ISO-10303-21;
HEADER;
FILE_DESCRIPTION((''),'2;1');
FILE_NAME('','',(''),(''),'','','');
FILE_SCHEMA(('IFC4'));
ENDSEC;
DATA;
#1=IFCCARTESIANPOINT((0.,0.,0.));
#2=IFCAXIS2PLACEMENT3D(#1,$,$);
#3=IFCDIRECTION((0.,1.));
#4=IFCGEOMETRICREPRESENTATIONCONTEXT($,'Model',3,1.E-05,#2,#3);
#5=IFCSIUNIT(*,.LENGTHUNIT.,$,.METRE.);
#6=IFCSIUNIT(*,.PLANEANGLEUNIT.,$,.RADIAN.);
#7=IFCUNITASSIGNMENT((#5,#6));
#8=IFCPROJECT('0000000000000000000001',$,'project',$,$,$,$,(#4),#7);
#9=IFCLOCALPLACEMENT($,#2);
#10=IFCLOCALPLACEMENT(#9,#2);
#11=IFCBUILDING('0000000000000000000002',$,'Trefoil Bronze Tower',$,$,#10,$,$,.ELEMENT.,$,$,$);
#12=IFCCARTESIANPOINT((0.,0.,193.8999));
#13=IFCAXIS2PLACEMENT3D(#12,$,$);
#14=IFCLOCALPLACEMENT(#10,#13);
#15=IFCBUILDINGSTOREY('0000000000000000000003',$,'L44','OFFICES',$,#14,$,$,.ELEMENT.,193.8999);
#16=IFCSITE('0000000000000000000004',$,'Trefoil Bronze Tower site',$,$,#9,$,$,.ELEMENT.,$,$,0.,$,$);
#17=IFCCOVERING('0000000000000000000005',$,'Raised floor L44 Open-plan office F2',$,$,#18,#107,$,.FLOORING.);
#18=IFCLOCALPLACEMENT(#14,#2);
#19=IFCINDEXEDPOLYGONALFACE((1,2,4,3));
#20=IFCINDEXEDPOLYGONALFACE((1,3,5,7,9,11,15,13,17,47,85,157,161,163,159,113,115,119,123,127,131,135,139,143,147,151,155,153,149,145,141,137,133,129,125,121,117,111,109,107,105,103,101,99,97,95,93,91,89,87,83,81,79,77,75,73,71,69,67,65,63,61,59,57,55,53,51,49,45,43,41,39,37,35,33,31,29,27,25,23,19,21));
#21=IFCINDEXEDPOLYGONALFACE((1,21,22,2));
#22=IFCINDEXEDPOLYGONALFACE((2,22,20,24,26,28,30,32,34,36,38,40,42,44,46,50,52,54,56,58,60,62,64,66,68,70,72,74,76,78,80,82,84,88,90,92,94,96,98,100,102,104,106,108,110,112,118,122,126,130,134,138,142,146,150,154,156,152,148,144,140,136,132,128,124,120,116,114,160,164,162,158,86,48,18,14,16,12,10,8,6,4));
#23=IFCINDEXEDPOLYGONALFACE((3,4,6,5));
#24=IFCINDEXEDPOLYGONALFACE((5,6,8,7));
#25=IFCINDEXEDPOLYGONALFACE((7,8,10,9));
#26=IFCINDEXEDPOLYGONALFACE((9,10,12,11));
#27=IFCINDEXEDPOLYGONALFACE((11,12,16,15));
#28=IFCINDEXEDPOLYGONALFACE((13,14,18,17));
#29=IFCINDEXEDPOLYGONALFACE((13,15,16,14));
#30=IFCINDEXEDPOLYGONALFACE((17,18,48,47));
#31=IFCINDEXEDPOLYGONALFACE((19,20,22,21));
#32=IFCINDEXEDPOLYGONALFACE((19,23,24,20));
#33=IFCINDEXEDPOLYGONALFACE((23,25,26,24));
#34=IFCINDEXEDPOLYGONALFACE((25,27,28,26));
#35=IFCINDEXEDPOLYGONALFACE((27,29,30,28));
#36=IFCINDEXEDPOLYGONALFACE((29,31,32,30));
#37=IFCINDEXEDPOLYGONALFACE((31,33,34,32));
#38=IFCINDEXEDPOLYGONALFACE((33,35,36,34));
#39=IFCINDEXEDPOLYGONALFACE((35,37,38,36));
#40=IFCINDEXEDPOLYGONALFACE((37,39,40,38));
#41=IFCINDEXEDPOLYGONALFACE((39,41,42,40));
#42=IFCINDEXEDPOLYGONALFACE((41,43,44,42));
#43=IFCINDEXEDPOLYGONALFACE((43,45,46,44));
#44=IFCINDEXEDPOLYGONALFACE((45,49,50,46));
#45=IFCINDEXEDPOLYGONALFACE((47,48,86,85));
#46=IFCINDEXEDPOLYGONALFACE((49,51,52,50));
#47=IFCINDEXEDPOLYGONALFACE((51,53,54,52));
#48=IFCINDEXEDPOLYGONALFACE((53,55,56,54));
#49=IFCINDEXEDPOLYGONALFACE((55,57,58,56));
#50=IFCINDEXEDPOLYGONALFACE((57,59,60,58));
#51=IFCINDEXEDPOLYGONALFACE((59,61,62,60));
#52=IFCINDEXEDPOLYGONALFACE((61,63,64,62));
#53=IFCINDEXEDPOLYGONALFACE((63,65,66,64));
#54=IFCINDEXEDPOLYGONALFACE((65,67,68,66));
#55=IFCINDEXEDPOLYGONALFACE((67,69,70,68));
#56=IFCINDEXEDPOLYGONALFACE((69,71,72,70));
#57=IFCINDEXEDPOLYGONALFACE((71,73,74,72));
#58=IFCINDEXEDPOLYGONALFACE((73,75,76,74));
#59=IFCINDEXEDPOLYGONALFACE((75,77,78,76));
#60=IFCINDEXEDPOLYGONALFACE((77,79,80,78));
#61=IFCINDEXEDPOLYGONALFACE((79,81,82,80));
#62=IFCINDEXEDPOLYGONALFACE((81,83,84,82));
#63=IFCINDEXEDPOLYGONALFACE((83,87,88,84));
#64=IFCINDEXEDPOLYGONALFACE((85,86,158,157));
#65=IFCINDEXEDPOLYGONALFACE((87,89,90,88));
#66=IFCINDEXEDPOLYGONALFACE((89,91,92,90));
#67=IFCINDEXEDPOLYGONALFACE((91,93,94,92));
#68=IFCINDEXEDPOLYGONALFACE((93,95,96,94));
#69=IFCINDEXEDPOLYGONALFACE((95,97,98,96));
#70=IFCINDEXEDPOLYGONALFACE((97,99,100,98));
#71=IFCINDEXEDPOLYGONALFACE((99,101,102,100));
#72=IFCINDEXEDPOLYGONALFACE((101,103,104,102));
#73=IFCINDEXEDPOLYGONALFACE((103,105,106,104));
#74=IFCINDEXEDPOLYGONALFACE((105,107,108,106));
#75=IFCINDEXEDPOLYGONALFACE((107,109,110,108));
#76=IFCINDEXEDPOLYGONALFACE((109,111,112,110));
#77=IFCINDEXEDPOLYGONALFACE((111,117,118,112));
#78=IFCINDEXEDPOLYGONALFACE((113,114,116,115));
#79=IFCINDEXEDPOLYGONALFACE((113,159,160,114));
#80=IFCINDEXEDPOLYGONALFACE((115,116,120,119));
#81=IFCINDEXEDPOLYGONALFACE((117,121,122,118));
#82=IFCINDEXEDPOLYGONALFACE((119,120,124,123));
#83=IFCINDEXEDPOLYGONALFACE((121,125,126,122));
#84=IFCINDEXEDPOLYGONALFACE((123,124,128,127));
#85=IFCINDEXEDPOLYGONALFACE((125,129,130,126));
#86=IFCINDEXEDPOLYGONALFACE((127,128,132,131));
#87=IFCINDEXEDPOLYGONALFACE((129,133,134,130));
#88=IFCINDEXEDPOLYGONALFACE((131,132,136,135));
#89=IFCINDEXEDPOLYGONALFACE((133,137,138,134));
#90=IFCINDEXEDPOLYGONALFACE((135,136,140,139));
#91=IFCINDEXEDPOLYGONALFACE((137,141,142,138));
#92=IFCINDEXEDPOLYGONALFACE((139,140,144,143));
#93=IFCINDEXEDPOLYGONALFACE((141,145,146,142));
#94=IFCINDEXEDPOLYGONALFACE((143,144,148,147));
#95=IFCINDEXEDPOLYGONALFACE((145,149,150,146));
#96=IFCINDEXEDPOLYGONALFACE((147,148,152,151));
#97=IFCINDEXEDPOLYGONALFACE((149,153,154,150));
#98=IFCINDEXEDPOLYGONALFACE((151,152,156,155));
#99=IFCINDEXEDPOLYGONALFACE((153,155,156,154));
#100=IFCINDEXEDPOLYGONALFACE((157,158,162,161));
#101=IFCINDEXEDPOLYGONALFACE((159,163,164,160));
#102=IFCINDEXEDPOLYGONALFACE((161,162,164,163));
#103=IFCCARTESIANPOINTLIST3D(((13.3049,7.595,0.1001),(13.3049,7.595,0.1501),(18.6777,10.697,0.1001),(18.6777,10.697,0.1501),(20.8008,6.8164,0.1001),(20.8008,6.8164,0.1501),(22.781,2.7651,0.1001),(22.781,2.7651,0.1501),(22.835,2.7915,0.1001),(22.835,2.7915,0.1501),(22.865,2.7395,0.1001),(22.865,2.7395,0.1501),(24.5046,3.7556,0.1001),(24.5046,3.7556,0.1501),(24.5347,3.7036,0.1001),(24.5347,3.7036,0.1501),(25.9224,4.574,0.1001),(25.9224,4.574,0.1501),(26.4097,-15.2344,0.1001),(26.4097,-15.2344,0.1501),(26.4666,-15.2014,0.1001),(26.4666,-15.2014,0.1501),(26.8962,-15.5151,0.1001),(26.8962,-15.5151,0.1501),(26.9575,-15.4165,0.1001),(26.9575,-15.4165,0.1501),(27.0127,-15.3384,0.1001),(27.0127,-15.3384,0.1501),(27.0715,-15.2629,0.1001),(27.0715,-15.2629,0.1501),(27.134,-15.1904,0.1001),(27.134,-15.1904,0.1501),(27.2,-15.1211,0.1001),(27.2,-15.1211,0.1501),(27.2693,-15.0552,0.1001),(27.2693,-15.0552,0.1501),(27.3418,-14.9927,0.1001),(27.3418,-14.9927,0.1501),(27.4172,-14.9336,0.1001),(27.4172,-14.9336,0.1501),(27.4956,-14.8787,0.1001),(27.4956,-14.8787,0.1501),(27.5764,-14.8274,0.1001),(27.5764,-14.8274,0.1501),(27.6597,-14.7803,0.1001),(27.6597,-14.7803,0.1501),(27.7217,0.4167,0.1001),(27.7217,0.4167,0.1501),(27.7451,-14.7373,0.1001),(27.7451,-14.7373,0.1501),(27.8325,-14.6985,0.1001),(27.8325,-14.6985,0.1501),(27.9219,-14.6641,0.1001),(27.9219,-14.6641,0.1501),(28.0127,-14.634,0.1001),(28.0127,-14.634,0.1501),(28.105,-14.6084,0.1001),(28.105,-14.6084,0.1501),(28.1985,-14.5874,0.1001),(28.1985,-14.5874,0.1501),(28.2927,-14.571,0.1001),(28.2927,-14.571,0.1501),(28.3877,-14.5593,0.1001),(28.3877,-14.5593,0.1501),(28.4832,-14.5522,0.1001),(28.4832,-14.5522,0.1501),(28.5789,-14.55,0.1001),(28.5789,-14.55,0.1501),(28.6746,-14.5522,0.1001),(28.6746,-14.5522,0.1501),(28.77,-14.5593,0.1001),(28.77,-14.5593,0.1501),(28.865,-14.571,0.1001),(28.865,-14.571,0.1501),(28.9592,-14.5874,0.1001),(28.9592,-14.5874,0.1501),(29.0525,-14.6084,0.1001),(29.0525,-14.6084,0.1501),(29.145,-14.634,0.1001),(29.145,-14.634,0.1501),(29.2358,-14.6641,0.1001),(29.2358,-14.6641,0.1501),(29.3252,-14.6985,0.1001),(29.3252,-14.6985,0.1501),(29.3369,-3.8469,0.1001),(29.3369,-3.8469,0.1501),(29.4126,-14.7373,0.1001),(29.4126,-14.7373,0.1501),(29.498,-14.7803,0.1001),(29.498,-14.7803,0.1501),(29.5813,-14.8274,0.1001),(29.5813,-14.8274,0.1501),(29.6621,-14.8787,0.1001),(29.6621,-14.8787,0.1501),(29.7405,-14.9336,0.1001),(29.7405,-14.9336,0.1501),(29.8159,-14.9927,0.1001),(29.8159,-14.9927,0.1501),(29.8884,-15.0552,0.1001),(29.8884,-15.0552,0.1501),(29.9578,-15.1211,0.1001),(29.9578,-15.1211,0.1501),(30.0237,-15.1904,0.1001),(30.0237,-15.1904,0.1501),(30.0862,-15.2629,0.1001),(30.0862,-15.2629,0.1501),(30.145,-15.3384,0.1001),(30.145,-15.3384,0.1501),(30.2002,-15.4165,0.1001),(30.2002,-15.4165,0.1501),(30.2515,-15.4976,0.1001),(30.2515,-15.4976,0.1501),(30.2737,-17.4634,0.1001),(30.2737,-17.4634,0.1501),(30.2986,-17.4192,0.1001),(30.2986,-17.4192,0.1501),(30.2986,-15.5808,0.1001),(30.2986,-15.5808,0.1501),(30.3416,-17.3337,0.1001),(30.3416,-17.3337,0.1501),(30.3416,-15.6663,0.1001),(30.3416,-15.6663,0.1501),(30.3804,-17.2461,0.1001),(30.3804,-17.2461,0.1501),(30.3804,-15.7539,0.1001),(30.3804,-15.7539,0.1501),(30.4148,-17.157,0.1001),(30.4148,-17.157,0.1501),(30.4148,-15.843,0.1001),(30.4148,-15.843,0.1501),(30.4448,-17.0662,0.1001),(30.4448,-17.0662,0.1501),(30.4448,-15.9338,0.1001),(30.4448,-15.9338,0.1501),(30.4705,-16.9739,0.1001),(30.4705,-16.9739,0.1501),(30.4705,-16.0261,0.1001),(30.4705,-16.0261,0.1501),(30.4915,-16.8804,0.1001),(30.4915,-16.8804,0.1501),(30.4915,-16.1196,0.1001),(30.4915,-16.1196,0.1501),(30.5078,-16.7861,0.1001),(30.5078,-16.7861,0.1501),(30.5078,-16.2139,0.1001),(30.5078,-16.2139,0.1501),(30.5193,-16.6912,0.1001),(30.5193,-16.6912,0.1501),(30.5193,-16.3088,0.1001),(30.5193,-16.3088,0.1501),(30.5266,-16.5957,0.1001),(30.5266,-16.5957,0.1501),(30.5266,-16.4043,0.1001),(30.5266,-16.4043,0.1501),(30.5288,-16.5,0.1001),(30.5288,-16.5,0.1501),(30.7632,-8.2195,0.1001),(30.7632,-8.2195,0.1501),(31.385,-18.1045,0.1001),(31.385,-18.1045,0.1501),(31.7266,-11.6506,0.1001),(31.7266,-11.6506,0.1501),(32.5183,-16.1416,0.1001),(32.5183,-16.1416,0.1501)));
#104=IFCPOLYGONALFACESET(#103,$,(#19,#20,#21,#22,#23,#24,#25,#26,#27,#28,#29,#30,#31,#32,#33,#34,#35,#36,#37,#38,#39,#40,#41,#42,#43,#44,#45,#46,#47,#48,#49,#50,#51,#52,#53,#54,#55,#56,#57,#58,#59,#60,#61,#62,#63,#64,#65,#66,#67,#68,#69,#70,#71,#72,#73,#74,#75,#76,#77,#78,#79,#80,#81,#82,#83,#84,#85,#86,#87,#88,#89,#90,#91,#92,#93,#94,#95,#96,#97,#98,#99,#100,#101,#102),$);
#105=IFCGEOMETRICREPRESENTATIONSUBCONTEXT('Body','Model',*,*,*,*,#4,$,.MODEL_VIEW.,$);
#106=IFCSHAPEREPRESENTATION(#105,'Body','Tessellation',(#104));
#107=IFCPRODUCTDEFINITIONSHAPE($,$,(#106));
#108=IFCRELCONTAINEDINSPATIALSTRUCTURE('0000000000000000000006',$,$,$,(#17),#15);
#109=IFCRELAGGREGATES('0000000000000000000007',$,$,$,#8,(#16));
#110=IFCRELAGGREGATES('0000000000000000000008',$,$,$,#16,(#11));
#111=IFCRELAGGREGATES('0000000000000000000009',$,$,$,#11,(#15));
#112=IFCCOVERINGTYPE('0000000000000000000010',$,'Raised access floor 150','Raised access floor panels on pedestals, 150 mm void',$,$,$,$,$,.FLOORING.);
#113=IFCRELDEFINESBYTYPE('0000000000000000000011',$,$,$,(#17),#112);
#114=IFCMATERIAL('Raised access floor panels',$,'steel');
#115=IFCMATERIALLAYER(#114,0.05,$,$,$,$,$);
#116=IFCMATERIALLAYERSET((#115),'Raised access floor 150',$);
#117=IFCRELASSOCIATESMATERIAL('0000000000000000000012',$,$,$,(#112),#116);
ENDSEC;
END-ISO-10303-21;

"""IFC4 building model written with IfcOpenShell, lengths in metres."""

from ifc_helpers import new_model, si_unit, direction, frame, origin, place, context, subcontext, project, spatial, polyline, outline, extrude, material, layer, layer_set, type_object, element, save


model = new_model("IFC4")

# Units and contexts
model_context = context("Model", 3, precision=1e-05, world=origin(), true_north=direction((0.0, 1.0)))
body_context = subcontext(model_context, "Body", "Model", "MODEL_VIEW")
ifc_project = project(units=[si_unit("LENGTHUNIT", "METRE"), si_unit("PLANEANGLEUNIT", "RADIAN")], contexts=[model_context])

# Site, building, storey
site_placement = place(None, origin())
site = spatial("IfcSite", under=ifc_project, at=site_placement, Name="Trefoil Bronze Tower site", CompositionType="ELEMENT", RefElevation=0.0)
building_placement = place(site_placement, origin())
building = spatial("IfcBuilding", under=site, at=building_placement, Name="Trefoil Bronze Tower", CompositionType="ELEMENT")
storey_placement = place(building_placement, frame((0.0, 0.0, 193.8999)))
storey = spatial("IfcBuildingStorey", under=building, at=storey_placement, Name="L44", Description="OFFICES", CompositionType="ELEMENT", Elevation=193.8999)

# Covering
ifc_material_1 = material(Name="Raised access floor panels", Category="steel")
ifc_layer_1 = layer(ifc_material_1, 0.05)
ifc_layer_set_1 = layer_set([ifc_layer_1], Name="Raised access floor 150")
covering_type_1 = type_object("IfcCoveringType", Name="Raised access floor 150", Description="Raised access floor panels on pedestals, 150 mm void", PredefinedType="FLOORING", material=ifc_layer_set_1)
covering_1_placement = place(storey_placement, frame((0.0, 0.0, 0.1001)))
element("IfcCovering", 1, at=covering_1_placement, inside=storey, type_object=covering_type_1, Name="Raised floor L44 Open-plan office F2", PredefinedType="FLOORING", context=body_context, shape_type="SweptSolid", body=[
    extrude(outline(polyline([(26.4097, -15.2344), (26.4666, -15.2014), (13.3049, 7.595), (18.6777, 10.697), (20.8008, 6.8164), (22.781, 2.7651), (22.835, 2.7915), (22.865, 2.7395), (24.5347, 3.7036), (24.5046, 3.7556), (25.9224, 4.574), (27.7217, 0.4167), (29.3369, -3.8469), (30.7632, -8.2195), (31.7266, -11.6506), (32.5183, -16.1416), (31.385, -18.1045), (30.2737, -17.4634), (30.2986, -17.4192), (30.3416, -17.3337), (30.3804, -17.2461), (30.4148, -17.157), (30.4448, -17.0662), (30.4705, -16.9739), (30.4915, -16.8804), (30.5078, -16.7861), (30.5193, -16.6912), (30.5266, -16.5957), (30.5288, -16.5), (30.5266, -16.4043), (30.5193, -16.3088), (30.5078, -16.2139), (30.4915, -16.1196), (30.4705, -16.0261), (30.4448, -15.9338), (30.4148, -15.843), (30.3804, -15.7539), (30.3416, -15.6663), (30.2986, -15.5808), (30.2515, -15.4976), (30.2002, -15.4165), (30.145, -15.3384), (30.0862, -15.2629), (30.0237, -15.1904), (29.9578, -15.1211), (29.8884, -15.0552), (29.8159, -14.9927), (29.7405, -14.9336), (29.6621, -14.8787), (29.5813, -14.8274), (29.498, -14.7803), (29.4126, -14.7373), (29.3252, -14.6985), (29.2358, -14.6641), (29.145, -14.634), (29.0525, -14.6084), (28.9592, -14.5874), (28.865, -14.571), (28.77, -14.5593), (28.6746, -14.5522), (28.5789, -14.55), (28.4832, -14.5522), (28.3877, -14.5593), (28.2927, -14.571), (28.1985, -14.5874), (28.105, -14.6084), (28.0127, -14.634), (27.9219, -14.6641), (27.8325, -14.6985), (27.7451, -14.7373), (27.6597, -14.7803), (27.5764, -14.8274), (27.4956, -14.8787), (27.4172, -14.9336), (27.3418, -14.9927), (27.2693, -15.0552), (27.2, -15.1211), (27.134, -15.1904), (27.0715, -15.2629), (27.0127, -15.3384), (26.9575, -15.4165), (26.8962, -15.5151), (26.4097, -15.2344)])), origin(), (0.0, 0.0, 1.0), 0.05),
])

save(model, "model.ifc")
